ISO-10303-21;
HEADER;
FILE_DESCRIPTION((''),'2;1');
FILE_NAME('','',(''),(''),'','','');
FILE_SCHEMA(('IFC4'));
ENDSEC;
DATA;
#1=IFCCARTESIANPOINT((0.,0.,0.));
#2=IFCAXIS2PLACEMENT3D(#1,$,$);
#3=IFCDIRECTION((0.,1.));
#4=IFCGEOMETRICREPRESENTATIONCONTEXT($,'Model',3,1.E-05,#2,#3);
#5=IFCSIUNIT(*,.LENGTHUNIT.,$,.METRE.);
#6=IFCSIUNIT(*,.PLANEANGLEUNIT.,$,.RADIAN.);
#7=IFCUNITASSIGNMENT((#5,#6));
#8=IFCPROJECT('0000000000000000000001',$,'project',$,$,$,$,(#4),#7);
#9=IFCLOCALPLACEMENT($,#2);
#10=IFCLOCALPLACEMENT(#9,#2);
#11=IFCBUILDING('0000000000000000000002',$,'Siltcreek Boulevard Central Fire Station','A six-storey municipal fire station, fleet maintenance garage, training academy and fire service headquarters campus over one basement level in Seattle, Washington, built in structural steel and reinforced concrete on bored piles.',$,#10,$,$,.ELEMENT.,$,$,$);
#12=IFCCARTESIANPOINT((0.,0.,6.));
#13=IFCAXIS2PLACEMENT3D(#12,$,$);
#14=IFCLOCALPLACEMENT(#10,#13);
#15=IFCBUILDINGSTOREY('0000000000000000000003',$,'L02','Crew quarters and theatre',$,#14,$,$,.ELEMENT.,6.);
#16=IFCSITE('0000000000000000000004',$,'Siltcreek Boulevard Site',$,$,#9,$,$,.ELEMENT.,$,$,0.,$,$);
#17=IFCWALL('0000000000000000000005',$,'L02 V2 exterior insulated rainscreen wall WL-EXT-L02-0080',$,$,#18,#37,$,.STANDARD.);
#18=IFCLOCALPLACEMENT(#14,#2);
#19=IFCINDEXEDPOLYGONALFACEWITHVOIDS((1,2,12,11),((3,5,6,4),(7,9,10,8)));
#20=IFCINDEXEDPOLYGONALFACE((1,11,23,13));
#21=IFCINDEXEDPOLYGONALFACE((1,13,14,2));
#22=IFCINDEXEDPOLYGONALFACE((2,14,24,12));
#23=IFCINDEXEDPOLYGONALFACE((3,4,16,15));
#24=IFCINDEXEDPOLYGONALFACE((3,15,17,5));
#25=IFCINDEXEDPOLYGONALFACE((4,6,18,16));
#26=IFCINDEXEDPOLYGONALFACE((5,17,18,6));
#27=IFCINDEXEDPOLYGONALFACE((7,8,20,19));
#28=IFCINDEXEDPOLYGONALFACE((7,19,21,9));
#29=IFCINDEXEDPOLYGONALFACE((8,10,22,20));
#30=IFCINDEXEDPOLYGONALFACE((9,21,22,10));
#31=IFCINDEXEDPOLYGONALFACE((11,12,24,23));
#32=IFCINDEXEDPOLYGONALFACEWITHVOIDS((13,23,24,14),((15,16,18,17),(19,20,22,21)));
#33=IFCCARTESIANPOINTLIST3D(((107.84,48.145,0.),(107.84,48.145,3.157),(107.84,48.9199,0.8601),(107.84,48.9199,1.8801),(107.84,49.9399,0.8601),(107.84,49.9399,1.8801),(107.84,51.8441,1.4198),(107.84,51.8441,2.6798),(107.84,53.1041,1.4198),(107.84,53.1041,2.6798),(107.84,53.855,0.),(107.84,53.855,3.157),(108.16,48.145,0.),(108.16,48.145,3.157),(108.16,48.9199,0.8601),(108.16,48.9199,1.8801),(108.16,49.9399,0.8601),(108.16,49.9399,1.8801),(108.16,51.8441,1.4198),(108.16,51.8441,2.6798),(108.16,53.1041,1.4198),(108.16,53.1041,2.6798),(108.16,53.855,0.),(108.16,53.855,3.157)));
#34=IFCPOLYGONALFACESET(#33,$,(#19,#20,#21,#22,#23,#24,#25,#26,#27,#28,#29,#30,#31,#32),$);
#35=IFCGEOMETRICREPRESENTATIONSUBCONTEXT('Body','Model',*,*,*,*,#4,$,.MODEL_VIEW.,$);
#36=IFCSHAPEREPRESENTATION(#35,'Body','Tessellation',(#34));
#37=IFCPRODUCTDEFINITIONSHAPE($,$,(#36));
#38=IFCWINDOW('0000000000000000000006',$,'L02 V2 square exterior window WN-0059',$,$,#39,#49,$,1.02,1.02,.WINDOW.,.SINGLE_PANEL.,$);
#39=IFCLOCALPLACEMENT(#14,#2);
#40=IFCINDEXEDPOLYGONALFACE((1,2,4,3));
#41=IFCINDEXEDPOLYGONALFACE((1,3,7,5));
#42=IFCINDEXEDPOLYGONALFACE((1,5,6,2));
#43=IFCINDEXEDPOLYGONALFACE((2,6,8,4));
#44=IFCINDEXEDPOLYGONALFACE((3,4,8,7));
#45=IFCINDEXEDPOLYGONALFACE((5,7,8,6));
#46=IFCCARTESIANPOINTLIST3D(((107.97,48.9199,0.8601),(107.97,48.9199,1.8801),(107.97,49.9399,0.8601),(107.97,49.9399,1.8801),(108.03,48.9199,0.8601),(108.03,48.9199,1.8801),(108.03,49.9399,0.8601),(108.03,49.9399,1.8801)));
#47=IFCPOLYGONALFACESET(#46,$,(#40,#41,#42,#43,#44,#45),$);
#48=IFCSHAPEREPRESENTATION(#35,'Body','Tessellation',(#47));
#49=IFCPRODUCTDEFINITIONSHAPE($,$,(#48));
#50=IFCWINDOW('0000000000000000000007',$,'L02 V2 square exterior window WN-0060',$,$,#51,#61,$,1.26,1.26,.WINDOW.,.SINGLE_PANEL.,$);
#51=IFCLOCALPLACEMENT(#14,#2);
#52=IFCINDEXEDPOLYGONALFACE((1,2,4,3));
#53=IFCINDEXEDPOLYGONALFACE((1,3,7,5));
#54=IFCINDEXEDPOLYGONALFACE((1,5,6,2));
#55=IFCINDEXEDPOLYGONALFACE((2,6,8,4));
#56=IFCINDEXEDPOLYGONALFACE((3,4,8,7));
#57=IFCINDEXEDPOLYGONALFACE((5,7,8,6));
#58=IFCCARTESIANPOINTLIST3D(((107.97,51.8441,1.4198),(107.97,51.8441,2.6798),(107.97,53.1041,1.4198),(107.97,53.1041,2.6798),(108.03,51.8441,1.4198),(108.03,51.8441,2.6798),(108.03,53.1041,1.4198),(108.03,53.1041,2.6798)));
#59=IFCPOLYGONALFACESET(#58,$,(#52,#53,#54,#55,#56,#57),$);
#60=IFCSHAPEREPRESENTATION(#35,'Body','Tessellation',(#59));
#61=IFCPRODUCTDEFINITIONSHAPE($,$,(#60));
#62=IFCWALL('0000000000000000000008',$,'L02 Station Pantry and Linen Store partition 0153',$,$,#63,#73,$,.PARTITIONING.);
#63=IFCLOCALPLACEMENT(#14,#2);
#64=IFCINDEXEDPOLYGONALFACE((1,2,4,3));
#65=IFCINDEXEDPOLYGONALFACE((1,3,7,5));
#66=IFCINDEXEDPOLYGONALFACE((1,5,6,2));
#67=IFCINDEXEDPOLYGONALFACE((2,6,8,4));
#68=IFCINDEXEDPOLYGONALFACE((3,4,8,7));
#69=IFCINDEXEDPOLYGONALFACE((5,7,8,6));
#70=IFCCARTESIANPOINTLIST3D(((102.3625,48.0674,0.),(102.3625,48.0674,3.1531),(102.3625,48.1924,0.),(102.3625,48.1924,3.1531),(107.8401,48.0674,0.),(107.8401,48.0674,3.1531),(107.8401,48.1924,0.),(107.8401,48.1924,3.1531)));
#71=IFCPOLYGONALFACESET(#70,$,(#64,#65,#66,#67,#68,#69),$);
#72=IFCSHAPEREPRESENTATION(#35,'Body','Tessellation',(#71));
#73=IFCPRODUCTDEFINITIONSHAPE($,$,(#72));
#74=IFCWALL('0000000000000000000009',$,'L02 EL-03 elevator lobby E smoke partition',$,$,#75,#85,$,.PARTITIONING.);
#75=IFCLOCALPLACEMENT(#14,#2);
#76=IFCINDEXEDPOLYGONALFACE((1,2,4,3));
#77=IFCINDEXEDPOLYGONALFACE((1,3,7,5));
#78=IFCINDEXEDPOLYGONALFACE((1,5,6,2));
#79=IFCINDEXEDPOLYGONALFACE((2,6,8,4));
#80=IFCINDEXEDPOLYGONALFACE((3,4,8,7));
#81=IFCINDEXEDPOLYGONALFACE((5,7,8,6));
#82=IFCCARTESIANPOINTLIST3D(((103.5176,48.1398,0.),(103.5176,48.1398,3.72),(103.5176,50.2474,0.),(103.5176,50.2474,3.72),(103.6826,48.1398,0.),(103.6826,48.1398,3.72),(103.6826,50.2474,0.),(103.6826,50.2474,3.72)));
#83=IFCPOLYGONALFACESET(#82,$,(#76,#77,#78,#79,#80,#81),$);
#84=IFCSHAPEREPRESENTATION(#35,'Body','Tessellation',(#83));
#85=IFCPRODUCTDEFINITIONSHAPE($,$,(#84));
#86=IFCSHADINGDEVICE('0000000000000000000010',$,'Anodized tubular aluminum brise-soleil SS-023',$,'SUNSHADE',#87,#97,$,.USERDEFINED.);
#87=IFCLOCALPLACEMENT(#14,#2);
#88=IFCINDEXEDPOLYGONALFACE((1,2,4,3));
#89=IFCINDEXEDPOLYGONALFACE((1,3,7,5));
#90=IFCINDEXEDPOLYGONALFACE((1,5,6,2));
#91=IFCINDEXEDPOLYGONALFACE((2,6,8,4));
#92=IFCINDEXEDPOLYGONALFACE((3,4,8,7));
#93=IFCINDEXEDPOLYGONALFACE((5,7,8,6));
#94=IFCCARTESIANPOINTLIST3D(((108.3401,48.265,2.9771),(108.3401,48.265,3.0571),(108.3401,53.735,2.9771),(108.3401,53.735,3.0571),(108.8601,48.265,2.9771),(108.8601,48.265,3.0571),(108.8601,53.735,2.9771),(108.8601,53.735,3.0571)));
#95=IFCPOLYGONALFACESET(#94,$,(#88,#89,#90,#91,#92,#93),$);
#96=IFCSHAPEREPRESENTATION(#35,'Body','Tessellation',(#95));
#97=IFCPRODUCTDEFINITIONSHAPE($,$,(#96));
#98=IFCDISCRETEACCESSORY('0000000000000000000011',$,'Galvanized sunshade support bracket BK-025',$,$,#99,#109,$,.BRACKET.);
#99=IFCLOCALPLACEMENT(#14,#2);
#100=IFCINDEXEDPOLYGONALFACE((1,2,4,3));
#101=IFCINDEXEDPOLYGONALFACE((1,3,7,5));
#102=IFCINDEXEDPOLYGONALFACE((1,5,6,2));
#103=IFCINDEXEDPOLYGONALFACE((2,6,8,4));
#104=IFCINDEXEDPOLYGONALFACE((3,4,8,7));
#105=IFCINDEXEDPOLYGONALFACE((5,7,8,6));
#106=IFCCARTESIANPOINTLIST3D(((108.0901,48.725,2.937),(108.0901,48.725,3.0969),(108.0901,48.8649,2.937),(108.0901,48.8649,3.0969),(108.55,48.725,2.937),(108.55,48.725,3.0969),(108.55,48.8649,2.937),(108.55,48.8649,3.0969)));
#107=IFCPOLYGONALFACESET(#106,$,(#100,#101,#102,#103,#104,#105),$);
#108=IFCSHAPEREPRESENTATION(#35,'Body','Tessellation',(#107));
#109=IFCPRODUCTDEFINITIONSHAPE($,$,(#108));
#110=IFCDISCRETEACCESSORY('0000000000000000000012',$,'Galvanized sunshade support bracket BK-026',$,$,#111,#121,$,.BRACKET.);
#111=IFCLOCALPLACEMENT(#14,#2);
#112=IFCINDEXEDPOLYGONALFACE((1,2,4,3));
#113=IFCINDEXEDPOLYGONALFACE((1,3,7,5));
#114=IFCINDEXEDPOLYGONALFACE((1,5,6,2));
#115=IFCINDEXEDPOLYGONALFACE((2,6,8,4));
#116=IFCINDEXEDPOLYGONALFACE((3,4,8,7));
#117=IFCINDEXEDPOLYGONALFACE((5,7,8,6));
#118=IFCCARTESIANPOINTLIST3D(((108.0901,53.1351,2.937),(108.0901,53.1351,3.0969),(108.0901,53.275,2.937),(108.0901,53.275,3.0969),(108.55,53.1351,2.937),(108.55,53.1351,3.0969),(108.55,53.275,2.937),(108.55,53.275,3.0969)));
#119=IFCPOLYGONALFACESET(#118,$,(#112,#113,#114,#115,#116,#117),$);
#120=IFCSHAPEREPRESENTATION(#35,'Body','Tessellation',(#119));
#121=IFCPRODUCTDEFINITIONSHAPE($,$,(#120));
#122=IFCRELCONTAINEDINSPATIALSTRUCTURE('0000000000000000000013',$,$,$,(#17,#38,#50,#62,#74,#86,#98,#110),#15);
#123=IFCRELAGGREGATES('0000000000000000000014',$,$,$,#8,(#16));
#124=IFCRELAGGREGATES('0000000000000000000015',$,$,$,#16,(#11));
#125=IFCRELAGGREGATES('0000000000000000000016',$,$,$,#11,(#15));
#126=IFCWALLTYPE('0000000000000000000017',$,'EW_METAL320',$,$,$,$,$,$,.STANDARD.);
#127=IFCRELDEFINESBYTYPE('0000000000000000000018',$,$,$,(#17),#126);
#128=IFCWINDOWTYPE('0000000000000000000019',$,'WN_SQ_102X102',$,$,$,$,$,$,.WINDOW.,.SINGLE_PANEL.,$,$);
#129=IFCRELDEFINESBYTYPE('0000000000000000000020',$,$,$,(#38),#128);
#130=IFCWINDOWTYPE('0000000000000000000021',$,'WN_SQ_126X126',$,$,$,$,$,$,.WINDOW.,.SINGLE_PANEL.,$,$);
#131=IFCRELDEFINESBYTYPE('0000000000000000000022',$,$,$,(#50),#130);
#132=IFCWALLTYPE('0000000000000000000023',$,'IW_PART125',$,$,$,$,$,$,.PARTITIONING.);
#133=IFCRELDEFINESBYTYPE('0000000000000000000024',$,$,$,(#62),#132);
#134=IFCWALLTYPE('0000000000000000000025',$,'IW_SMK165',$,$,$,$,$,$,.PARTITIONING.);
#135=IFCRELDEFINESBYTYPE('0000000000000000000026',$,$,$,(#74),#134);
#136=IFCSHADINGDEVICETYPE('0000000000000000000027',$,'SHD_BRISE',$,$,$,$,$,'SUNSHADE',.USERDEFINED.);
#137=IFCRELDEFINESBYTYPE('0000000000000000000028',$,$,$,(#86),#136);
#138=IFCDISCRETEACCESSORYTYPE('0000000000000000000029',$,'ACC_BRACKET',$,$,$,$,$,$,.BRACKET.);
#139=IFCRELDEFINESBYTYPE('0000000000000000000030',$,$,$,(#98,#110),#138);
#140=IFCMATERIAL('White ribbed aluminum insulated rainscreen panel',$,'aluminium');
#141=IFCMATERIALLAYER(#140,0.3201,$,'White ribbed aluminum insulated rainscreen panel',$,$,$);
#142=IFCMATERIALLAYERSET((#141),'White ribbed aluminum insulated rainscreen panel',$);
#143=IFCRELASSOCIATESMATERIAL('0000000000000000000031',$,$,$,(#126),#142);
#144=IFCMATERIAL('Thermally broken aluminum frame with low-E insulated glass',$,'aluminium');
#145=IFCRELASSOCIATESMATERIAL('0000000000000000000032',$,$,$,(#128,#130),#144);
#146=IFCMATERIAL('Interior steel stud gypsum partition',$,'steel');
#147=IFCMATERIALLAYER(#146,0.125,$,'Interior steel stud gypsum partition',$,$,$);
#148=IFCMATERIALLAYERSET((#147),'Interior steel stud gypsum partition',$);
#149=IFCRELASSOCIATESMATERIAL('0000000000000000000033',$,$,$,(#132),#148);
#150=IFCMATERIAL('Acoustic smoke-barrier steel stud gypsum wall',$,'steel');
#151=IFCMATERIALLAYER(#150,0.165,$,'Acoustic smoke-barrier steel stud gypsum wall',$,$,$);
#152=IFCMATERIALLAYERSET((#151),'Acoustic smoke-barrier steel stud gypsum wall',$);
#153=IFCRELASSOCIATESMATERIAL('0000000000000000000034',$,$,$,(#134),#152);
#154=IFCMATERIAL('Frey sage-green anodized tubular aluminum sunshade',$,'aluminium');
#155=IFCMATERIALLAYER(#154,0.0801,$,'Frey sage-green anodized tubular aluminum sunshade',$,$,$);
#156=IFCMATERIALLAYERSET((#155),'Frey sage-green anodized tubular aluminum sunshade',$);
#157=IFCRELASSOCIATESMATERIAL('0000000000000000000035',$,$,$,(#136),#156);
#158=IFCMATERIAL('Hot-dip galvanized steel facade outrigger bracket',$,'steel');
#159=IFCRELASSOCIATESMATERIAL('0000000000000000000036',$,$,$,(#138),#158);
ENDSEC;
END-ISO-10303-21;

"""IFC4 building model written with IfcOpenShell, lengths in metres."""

from ifc_helpers import new_model, si_unit, direction, frame, frame_2d, origin, origin_2d, place, context, subcontext, project, spatial, rectangle, extrude, material, layer, layer_set, type_object, element, fill, save


model = new_model("IFC4")

# Units and contexts
model_context = context("Model", 3, precision=1e-05, world=origin(), true_north=direction((0.0, 1.0)))
body_context = subcontext(model_context, "Body", "Model", "MODEL_VIEW")
ifc_project = project(units=[si_unit("LENGTHUNIT", "METRE"), si_unit("PLANEANGLEUNIT", "RADIAN")], contexts=[model_context])

# Site, building, storey
site_placement = place(None, origin())
site = spatial("IfcSite", under=ifc_project, at=site_placement, Name="Siltcreek Boulevard Site", CompositionType="ELEMENT", RefElevation=0.0)
building_placement = place(site_placement, origin())
building = spatial("IfcBuilding", under=site, at=building_placement, Name="Siltcreek Boulevard Central Fire Station", Description="A six-storey municipal fire station, fleet maintenance garage, training academy and fire service headquarters campus over one basement level in Seattle, Washington, built in structural steel and reinforced concrete on bored piles.", CompositionType="ELEMENT")
storey_placement = place(building_placement, frame((0.0, 0.0, 6.0)))
storey = spatial("IfcBuildingStorey", under=building, at=storey_placement, Name="L02", Description="Crew quarters and theatre", CompositionType="ELEMENT", Elevation=6.0)

# Wall, openings, windows
ifc_material_1 = material(Name="White ribbed aluminum insulated rainscreen panel", Category="aluminium")
ifc_layer_1 = layer(ifc_material_1, 0.3201, Name="White ribbed aluminum insulated rainscreen panel")
ifc_layer_set_1 = layer_set([ifc_layer_1], Name="White ribbed aluminum insulated rainscreen panel")
wall_type_1 = type_object("IfcWallType", Name="EW_METAL320", PredefinedType="STANDARD", material=ifc_layer_set_1)
ifc_material_2 = material(Name="Thermally broken aluminum frame with low-E insulated glass", Category="aluminium")
wall_1_placement = place(storey_placement, frame((108.0, 48.145, 0.0), z_axis=(0.0, 0.0, 1.0), x_axis=(0.0, 1.0, 0.0)))
wall_1 = element("IfcWall", 1, at=wall_1_placement, inside=storey, type_object=wall_type_1, Name="L02 V2 exterior insulated rainscreen wall WL-EXT-L02-0080", PredefinedType="STANDARD", context=body_context, shape_type="SweptSolid", body=[
    extrude(rectangle(XDim=5.71, YDim=0.3201, at=frame_2d((2.855, 0.0))), origin(), (0.0, 0.0, 1.0), 3.157),
])
opening_1_placement = place(wall_1_placement, frame((0.7749, 0.0, 0.8601)))
opening_1 = element("IfcOpeningElement", 2, at=opening_1_placement, cuts=wall_1, PredefinedType="OPENING", context=body_context, shape_type="SweptSolid", body=[
    extrude(rectangle(XDim=1.02, YDim=1.02, at=frame_2d((0.51, 0.51))), frame((0.0, 0.1699, 0.0), z_axis=(0.0, -1.0, 0.0), x_axis=(1.0, 0.0, 0.0)), (0.0, 0.0, 1.0), 0.3401),
])
opening_2_placement = place(wall_1_placement, frame((3.6992, 0.0, 1.4199)))
opening_2 = element("IfcOpeningElement", 3, at=opening_2_placement, cuts=wall_1, PredefinedType="OPENING", context=body_context, shape_type="SweptSolid", body=[
    extrude(rectangle(XDim=1.26, YDim=1.26, at=frame_2d((0.6299, 0.6299))), frame((0.0, 0.1699, 0.0), z_axis=(0.0, -1.0, 0.0), x_axis=(1.0, 0.0, 0.0)), (0.0, 0.0, 1.0), 0.3401),
])
window_type_1 = type_object("IfcWindowType", Name="WN_SQ_102X102", PartitioningType="SINGLE_PANEL", PredefinedType="WINDOW", material=ifc_material_2)
window_1_placement = place(opening_1_placement, origin())
window_1 = element("IfcWindow", 4, at=window_1_placement, inside=storey, type_object=window_type_1, Name="L02 V2 square exterior window WN-0059", OverallHeight=1.02, OverallWidth=1.02, PartitioningType="SINGLE_PANEL", PredefinedType="WINDOW", context=body_context, shape_type="SweptSolid", body=[
    extrude(rectangle(XDim=1.02, YDim=1.02, at=frame_2d((0.51, 0.51))), frame((0.0, 0.03, 0.0), z_axis=(0.0, -1.0, 0.0), x_axis=(1.0, 0.0, 0.0)), (0.0, 0.0, 1.0), 0.0601),
])
fill(opening_1, window_1)
window_type_2 = type_object("IfcWindowType", Name="WN_SQ_126X126", PartitioningType="SINGLE_PANEL", PredefinedType="WINDOW", material=ifc_material_2)
window_2_placement = place(opening_2_placement, origin())
window_2 = element("IfcWindow", 5, at=window_2_placement, inside=storey, type_object=window_type_2, Name="L02 V2 square exterior window WN-0060", OverallHeight=1.26, OverallWidth=1.26, PartitioningType="SINGLE_PANEL", PredefinedType="WINDOW", context=body_context, shape_type="SweptSolid", body=[
    extrude(rectangle(XDim=1.26, YDim=1.26, at=frame_2d((0.6299, 0.6299))), frame((0.0, 0.03, 0.0), z_axis=(0.0, -1.0, 0.0), x_axis=(1.0, 0.0, 0.0)), (0.0, 0.0, 1.0), 0.0601),
])
fill(opening_2, window_2)

# Walls
ifc_material_3 = material(Name="Interior steel stud gypsum partition", Category="steel")
ifc_layer_2 = layer(ifc_material_3, 0.125, Name="Interior steel stud gypsum partition")
ifc_layer_set_2 = layer_set([ifc_layer_2], Name="Interior steel stud gypsum partition")
wall_type_2 = type_object("IfcWallType", Name="IW_PART125", PredefinedType="PARTITIONING", material=ifc_layer_set_2)
wall_2_placement = place(storey_placement, frame((102.3625, 48.1299, 0.0), z_axis=(0.0, 0.0, 1.0), x_axis=(1.0, 0.0, 0.0)))
element("IfcWall", 6, at=wall_2_placement, inside=storey, type_object=wall_type_2, Name="L02 Station Pantry and Linen Store partition 0153", PredefinedType="PARTITIONING", context=body_context, shape_type="SweptSolid", body=[
    extrude(rectangle(XDim=5.4775, YDim=0.125, at=frame_2d((2.7388, 0.0))), origin(), (0.0, 0.0, 1.0), 3.1531),
])
ifc_material_4 = material(Name="Acoustic smoke-barrier steel stud gypsum wall", Category="steel")
ifc_layer_3 = layer(ifc_material_4, 0.165, Name="Acoustic smoke-barrier steel stud gypsum wall")
ifc_layer_set_3 = layer_set([ifc_layer_3], Name="Acoustic smoke-barrier steel stud gypsum wall")
wall_type_3 = type_object("IfcWallType", Name="IW_SMK165", PredefinedType="PARTITIONING", material=ifc_layer_set_3)
wall_3_placement = place(storey_placement, frame((103.6001, 48.1399, 0.0), z_axis=(0.0, 0.0, 1.0), x_axis=(0.0, 1.0, 0.0)))
element("IfcWall", 7, at=wall_3_placement, inside=storey, type_object=wall_type_3, Name="L02 EL-03 elevator lobby E smoke partition", PredefinedType="PARTITIONING", context=body_context, shape_type="SweptSolid", body=[
    extrude(rectangle(XDim=2.1077, YDim=0.165, at=frame_2d((1.0537, 0.0))), origin(), (0.0, 0.0, 1.0), 3.72),
])

# Shading device
ifc_material_5 = material(Name="Frey sage-green anodized tubular aluminum sunshade", Category="aluminium")
ifc_layer_4 = layer(ifc_material_5, 0.0801, Name="Frey sage-green anodized tubular aluminum sunshade")
ifc_layer_set_4 = layer_set([ifc_layer_4], Name="Frey sage-green anodized tubular aluminum sunshade")
shading_device_type = type_object("IfcShadingDeviceType", Name="SHD_BRISE", ElementType="SUNSHADE", PredefinedType="USERDEFINED", material=ifc_layer_set_4)
shading_device_placement = place(storey_placement, frame((108.6001, 51.0, 2.9771), z_axis=(0.0, 0.0, 1.0), x_axis=(0.0, 1.0, 0.0)))
element("IfcShadingDevice", 8, at=shading_device_placement, inside=storey, type_object=shading_device_type, Name="Anodized tubular aluminum brise-soleil SS-023", ObjectType="SUNSHADE", PredefinedType="USERDEFINED", context=body_context, shape_type="SweptSolid", body=[
    extrude(rectangle(XDim=5.47, YDim=0.52, at=origin_2d()), origin(), (0.0, 0.0, 1.0), 0.0801),
])

# Discrete accessories
ifc_material_6 = material(Name="Hot-dip galvanized steel facade outrigger bracket", Category="steel")
discrete_accessory_type = type_object("IfcDiscreteAccessoryType", Name="ACC_BRACKET", PredefinedType="BRACKET", material=ifc_material_6)
for number, where, z_axis, x_axis, name in (
    (9, (108.3201, 48.7949, 2.937), (0.0, 0.0, 1.0), (0.0, 1.0, 0.0), "Galvanized sunshade support bracket BK-025"),
    (10, (108.3201, 53.2051, 2.937), (0.0, 0.0, 1.0), (0.0, 1.0, 0.0), "Galvanized sunshade support bracket BK-026"),
):
    element("IfcDiscreteAccessory", number, at=place(storey_placement, frame(where, z_axis=z_axis, x_axis=x_axis)), inside=storey, type_object=discrete_accessory_type, Name=name, PredefinedType="BRACKET", context=body_context, shape_type="SweptSolid", body=[
        extrude(rectangle(XDim=0.1399, YDim=0.46, at=origin_2d()), origin(), (0.0, 0.0, 1.0), 0.1599),
    ])

save(model, "model.ifc")
